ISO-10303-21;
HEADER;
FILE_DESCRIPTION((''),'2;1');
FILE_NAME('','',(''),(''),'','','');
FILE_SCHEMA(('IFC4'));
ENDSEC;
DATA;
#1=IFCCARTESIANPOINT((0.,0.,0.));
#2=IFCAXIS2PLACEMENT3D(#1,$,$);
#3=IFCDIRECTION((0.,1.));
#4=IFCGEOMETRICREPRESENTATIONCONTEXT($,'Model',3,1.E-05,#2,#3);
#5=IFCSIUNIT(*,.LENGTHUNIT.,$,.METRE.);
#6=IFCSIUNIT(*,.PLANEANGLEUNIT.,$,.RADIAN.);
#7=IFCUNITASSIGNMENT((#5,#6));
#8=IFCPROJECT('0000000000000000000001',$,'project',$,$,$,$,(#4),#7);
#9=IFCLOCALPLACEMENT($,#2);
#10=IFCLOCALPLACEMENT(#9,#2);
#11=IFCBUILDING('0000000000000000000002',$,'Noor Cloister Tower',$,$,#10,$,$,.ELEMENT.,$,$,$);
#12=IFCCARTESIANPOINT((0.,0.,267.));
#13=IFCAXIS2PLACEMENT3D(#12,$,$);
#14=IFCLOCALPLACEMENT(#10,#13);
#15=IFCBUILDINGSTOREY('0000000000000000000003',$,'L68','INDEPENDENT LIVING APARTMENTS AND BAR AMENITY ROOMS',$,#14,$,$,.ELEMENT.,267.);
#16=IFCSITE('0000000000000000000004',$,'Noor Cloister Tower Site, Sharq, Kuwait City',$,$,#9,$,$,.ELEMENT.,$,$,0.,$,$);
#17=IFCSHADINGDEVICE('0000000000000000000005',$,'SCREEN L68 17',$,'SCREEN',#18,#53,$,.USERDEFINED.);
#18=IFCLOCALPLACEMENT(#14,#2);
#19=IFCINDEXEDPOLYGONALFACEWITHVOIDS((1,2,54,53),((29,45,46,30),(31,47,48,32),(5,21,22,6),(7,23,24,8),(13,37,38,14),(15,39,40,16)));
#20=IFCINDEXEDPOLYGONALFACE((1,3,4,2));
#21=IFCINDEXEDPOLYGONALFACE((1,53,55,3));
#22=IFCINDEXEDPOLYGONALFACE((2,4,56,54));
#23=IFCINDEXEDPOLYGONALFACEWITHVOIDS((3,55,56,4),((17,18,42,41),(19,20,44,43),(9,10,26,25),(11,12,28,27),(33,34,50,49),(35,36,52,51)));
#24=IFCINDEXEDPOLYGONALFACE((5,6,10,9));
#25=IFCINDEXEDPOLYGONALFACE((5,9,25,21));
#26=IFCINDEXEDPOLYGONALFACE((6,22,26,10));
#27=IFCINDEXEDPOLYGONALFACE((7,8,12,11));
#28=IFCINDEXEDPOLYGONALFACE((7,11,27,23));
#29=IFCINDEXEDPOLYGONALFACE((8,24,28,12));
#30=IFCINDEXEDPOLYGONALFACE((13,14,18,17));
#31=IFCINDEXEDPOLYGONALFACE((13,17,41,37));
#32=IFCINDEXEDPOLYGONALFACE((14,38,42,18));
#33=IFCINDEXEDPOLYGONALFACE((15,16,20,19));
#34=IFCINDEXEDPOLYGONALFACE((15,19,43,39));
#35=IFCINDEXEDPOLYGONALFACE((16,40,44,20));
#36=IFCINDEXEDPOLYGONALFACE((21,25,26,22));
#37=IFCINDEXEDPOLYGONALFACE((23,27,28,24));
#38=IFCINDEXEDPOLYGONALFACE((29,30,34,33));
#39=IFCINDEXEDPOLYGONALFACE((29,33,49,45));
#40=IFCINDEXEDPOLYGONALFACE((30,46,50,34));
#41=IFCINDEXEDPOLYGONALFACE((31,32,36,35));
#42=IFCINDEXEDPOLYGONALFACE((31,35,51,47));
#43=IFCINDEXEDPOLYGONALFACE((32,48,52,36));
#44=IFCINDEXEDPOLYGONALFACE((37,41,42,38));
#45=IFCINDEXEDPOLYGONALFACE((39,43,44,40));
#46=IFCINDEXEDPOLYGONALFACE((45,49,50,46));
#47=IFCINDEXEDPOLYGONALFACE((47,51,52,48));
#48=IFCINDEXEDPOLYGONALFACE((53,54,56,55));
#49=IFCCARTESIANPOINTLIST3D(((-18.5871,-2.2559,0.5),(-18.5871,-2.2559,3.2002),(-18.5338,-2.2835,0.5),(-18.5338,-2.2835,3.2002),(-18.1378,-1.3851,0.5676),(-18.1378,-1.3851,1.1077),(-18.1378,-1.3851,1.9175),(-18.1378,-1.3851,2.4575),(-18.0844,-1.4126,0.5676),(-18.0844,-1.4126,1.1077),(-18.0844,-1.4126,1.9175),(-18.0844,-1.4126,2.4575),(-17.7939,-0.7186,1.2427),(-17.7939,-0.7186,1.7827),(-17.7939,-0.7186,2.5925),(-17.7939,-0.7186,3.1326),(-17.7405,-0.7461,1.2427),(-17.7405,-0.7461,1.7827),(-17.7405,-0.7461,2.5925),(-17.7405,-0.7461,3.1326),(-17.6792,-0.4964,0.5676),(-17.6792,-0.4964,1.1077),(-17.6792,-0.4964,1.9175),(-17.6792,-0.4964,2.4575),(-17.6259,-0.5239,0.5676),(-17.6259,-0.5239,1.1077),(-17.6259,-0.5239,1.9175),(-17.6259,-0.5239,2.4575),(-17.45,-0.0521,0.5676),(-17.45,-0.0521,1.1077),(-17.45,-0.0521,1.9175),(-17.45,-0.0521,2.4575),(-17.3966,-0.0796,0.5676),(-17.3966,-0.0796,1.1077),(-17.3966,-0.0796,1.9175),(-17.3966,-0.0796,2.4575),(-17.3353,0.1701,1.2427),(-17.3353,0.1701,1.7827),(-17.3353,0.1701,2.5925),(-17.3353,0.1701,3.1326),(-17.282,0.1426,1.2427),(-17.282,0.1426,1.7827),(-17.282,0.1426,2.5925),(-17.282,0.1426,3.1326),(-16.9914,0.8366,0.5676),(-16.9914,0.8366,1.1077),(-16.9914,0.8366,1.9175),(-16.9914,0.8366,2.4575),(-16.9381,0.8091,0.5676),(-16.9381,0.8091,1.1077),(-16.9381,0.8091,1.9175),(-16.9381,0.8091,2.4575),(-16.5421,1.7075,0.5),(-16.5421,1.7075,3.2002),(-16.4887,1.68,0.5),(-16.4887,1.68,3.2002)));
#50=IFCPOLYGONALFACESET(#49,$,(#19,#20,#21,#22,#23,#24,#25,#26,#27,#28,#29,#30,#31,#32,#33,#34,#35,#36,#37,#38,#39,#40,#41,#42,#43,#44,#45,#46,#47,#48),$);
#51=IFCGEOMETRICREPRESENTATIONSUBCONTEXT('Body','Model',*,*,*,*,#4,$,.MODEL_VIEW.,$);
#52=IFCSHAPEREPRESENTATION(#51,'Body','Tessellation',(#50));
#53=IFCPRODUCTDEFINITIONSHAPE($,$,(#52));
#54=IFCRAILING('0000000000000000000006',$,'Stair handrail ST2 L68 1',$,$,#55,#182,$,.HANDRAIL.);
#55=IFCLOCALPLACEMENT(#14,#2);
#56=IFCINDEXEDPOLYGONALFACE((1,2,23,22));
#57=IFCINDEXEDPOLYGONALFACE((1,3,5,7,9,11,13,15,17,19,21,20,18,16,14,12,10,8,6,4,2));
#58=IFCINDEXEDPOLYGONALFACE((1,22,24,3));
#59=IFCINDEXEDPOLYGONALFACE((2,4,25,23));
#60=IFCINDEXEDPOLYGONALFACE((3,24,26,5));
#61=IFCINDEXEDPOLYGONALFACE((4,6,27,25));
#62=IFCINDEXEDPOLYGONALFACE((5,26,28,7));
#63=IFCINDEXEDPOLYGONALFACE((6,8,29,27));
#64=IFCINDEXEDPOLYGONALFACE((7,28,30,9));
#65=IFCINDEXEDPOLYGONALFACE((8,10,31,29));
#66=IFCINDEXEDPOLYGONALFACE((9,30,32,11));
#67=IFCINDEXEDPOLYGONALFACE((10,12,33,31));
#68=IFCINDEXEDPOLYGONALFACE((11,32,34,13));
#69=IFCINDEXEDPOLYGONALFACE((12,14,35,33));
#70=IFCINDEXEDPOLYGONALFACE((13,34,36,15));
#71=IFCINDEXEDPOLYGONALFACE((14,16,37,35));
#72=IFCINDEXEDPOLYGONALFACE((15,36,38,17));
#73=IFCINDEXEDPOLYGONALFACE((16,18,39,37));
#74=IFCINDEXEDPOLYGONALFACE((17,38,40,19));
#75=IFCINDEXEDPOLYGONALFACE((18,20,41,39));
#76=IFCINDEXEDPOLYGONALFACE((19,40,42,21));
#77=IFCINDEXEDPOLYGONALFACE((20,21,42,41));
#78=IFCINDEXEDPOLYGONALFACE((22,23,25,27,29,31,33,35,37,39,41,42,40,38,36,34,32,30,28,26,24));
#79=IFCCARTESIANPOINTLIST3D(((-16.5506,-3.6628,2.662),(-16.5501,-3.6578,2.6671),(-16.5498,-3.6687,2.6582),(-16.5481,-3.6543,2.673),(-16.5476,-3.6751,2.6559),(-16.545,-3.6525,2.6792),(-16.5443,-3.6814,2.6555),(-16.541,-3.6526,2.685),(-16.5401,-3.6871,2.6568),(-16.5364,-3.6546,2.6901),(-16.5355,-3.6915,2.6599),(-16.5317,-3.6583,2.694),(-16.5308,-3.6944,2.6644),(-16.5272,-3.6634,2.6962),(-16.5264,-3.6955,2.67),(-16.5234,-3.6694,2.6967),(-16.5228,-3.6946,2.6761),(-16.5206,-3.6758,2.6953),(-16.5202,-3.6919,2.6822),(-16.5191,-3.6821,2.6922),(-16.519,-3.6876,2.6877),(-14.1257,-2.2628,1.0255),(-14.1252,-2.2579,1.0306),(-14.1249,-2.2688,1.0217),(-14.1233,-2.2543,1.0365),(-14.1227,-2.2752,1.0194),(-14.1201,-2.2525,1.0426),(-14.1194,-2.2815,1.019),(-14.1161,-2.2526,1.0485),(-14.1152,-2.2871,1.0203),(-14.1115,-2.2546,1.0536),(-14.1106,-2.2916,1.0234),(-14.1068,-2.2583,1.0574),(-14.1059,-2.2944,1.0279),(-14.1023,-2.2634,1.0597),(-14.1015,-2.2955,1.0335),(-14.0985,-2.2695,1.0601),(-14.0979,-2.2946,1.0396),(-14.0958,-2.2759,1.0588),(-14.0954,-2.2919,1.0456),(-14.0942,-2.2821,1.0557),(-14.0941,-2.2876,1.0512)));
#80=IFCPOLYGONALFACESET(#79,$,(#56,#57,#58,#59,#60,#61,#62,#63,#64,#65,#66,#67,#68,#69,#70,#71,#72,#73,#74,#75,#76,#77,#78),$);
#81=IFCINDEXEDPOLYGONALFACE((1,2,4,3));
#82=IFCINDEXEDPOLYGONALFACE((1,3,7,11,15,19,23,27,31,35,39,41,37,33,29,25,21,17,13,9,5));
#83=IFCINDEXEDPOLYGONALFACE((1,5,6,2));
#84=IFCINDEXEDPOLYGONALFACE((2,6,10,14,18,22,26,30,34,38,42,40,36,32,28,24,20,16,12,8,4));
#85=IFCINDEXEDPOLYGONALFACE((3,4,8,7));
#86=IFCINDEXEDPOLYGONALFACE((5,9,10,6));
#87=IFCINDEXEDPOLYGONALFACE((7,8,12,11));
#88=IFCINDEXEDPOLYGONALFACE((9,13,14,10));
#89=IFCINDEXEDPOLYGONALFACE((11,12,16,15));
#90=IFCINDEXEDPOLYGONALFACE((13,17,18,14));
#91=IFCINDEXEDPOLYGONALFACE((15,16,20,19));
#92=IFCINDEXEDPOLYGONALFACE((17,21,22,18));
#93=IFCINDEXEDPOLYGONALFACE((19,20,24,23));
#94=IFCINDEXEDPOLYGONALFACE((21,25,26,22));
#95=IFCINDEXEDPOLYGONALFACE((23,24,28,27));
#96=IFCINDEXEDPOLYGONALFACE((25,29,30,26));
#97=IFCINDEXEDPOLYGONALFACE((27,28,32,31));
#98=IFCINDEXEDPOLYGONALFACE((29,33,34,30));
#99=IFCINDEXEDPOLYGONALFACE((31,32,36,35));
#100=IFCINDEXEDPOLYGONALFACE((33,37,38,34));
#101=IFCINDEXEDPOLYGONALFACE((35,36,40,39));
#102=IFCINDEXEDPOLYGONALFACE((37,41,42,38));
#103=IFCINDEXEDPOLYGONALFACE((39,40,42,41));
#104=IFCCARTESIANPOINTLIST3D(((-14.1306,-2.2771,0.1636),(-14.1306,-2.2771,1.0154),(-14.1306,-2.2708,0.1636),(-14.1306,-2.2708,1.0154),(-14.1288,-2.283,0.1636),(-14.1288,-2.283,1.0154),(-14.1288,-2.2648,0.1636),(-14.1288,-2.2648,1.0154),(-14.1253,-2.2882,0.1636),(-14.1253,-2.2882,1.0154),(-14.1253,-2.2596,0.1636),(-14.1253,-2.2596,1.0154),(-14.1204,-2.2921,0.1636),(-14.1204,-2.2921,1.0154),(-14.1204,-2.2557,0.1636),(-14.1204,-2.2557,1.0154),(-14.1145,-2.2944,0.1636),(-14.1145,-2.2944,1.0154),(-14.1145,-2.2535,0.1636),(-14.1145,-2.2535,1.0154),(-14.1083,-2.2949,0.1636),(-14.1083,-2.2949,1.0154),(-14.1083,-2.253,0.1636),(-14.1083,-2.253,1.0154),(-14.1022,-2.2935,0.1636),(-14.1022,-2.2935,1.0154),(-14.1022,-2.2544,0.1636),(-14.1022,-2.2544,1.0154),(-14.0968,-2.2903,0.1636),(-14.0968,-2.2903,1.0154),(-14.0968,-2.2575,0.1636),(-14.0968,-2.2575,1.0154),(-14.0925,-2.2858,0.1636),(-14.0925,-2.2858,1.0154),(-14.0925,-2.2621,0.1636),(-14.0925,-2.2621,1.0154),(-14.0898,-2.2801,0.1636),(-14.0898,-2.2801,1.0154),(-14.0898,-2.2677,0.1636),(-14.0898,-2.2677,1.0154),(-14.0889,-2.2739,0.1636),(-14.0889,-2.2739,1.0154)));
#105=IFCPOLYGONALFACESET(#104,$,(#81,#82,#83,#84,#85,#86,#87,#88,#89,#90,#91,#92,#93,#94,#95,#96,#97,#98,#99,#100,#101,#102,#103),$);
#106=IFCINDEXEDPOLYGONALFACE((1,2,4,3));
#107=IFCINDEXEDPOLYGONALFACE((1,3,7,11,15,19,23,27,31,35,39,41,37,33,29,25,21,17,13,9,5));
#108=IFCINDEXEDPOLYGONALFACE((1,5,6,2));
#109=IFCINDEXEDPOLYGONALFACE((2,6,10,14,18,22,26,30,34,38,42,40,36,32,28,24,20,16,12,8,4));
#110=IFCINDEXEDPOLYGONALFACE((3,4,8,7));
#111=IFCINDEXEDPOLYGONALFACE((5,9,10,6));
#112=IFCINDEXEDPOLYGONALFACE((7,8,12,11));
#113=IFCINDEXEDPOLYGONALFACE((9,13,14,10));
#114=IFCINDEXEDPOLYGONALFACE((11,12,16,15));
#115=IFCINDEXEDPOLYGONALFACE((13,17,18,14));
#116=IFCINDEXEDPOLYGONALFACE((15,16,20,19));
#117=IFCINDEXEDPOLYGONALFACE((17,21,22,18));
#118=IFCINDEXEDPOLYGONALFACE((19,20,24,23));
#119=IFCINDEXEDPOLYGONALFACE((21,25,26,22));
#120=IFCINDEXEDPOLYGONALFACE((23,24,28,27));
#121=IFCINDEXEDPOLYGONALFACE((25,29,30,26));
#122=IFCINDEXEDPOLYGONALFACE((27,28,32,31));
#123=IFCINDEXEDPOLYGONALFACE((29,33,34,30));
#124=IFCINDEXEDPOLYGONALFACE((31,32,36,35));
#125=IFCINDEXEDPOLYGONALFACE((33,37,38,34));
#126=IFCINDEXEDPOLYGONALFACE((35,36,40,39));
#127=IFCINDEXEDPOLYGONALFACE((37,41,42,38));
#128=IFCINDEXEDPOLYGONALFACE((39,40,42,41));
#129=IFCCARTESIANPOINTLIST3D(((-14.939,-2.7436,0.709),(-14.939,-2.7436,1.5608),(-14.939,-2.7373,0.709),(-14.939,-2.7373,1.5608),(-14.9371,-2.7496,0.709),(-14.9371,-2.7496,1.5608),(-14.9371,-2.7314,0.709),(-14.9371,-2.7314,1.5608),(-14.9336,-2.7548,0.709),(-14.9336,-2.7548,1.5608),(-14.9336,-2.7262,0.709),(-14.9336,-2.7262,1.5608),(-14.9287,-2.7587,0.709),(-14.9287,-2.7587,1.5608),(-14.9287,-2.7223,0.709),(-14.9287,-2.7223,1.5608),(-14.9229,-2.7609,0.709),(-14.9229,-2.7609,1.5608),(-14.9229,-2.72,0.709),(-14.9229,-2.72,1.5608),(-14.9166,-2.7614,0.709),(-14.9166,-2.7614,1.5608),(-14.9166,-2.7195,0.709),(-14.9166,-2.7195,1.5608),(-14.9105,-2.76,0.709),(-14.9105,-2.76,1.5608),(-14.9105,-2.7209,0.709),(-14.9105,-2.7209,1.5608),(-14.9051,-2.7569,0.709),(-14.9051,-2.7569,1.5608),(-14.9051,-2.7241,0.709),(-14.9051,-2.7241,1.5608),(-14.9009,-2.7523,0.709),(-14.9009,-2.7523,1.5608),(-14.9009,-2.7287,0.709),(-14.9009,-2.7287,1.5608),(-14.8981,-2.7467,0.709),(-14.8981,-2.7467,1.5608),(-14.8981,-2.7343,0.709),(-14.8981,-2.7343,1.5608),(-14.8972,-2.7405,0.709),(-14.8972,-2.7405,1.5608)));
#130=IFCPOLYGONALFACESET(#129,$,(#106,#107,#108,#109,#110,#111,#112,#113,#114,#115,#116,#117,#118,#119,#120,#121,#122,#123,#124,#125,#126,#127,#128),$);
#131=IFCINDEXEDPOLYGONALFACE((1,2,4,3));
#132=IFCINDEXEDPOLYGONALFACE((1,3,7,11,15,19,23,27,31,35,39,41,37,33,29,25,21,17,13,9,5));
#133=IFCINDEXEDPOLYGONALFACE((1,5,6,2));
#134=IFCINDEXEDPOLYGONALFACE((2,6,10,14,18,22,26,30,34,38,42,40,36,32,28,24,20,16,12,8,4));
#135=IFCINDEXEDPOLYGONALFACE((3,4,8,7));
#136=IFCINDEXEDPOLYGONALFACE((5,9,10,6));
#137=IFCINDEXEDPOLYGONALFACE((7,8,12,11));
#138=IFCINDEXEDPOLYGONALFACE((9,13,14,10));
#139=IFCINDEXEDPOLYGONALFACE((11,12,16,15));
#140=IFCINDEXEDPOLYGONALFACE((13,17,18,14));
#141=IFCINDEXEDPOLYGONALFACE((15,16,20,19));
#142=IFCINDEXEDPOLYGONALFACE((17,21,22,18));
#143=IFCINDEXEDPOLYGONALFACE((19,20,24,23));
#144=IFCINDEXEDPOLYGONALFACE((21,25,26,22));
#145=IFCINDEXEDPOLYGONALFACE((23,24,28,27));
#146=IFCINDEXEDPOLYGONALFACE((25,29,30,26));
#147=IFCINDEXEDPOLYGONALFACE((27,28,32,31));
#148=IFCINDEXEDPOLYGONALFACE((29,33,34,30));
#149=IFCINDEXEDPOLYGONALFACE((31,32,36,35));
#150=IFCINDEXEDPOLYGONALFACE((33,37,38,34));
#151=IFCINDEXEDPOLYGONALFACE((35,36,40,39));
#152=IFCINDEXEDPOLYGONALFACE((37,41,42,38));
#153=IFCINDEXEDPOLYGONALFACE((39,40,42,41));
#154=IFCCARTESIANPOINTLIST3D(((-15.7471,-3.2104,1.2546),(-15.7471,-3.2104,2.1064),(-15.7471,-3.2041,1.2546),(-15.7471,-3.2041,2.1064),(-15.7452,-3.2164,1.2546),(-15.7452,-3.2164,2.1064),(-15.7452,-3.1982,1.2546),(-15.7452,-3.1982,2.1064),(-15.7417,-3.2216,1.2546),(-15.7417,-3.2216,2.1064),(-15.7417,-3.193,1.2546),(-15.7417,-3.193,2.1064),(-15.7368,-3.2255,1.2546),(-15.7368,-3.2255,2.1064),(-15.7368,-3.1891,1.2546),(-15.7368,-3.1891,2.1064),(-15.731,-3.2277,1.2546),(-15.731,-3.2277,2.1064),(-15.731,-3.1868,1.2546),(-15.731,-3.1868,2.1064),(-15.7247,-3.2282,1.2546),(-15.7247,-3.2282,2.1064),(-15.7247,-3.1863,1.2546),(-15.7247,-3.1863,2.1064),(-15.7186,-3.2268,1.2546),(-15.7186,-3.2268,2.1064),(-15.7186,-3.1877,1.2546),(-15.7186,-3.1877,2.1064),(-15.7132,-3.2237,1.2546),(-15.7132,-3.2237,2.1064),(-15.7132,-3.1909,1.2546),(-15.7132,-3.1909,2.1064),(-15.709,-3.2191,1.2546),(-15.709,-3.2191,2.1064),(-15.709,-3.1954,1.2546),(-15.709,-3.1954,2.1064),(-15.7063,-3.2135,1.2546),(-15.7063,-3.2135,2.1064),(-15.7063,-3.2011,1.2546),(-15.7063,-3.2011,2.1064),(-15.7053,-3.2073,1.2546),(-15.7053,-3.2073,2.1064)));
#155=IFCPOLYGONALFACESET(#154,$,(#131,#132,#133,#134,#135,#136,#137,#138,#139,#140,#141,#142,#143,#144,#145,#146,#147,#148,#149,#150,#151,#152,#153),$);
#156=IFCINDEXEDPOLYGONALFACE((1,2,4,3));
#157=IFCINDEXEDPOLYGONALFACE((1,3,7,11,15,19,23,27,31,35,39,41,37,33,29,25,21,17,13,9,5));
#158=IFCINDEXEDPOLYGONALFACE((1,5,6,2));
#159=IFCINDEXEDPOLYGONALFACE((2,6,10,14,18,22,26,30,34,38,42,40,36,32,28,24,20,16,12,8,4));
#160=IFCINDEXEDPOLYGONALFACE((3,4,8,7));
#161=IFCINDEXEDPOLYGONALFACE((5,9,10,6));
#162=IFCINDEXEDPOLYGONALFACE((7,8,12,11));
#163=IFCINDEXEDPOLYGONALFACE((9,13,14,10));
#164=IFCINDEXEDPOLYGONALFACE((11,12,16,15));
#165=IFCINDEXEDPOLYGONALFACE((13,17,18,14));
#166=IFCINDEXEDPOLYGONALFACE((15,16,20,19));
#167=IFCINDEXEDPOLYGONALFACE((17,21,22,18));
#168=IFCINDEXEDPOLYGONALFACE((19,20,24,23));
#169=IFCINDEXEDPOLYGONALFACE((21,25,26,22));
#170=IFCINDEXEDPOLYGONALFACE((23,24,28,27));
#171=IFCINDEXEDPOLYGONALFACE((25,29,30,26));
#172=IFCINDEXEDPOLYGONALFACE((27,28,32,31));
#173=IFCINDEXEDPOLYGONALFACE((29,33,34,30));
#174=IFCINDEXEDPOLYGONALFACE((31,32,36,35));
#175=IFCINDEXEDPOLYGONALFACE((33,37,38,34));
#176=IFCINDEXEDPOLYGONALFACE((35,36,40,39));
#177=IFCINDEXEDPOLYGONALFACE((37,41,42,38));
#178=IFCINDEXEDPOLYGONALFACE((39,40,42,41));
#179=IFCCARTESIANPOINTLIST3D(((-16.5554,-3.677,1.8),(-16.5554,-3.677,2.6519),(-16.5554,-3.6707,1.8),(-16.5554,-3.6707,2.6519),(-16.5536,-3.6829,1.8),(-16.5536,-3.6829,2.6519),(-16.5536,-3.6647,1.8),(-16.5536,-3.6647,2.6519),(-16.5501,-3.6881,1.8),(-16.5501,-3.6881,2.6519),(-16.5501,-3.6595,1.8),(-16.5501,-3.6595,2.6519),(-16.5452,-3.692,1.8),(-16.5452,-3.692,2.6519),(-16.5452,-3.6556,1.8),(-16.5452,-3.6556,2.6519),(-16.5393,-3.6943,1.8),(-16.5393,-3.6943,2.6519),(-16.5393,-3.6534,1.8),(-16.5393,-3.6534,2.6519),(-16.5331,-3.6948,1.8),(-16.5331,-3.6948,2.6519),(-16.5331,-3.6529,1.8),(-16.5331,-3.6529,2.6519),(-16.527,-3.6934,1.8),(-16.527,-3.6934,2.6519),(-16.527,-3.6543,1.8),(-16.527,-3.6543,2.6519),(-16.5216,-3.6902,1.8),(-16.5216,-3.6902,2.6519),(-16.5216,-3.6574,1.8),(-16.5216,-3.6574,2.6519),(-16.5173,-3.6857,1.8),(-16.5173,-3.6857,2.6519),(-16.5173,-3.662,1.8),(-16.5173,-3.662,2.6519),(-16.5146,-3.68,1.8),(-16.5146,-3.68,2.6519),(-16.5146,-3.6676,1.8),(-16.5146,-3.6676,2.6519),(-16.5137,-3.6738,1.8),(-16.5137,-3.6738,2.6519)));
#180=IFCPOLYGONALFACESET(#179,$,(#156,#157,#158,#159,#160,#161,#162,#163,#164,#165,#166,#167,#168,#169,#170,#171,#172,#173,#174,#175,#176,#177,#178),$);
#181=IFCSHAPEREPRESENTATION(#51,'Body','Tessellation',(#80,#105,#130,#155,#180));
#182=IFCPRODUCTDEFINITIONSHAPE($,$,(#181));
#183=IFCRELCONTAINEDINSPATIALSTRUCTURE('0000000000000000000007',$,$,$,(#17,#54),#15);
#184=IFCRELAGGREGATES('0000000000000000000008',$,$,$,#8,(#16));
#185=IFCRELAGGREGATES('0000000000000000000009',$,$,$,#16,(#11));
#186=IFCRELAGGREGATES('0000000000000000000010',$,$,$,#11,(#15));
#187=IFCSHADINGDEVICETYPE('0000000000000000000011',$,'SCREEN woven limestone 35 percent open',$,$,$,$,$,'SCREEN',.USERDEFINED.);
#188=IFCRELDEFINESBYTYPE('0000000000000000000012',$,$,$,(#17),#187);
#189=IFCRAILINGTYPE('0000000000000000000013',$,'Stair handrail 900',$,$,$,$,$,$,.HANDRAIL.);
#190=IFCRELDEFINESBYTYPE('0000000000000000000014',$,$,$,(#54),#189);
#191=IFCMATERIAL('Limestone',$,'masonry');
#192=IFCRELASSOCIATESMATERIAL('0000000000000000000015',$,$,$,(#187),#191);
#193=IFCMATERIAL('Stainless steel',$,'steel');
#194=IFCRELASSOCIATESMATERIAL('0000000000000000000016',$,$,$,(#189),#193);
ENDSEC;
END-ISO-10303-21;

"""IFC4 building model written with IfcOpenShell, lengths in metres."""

from ifc_helpers import new_model, si_unit, direction, frame, origin, origin_2d, place, context, subcontext, project, spatial, polyline, circle, outline, extrude, material, material_profile, profile_set, type_object, element, save


model = new_model("IFC4")

# Units and contexts
model_context = context("Model", 3, precision=1e-05, world=origin(), true_north=direction((0.0, 1.0)))
body_context = subcontext(model_context, "Body", "Model", "MODEL_VIEW")
ifc_project = project(units=[si_unit("LENGTHUNIT", "METRE"), si_unit("PLANEANGLEUNIT", "RADIAN")], contexts=[model_context])

# Site, building, storey
site_placement = place(None, origin())
site = spatial("IfcSite", under=ifc_project, at=site_placement, Name="Noor Cloister Tower Site, Sharq, Kuwait City", CompositionType="ELEMENT", RefElevation=0.0)
building_placement = place(site_placement, origin())
building = spatial("IfcBuilding", under=site, at=building_placement, Name="Noor Cloister Tower", CompositionType="ELEMENT")
storey_placement = place(building_placement, frame((0.0, 0.0, 267.0)))
storey = spatial("IfcBuildingStorey", under=building, at=storey_placement, Name="L68", Description="INDEPENDENT LIVING APARTMENTS AND BAR AMENITY ROOMS", CompositionType="ELEMENT", Elevation=267.0)

# Shading device
ifc_material_1 = material(Name="Limestone", Category="masonry")
ifc_material_profile_1 = material_profile(ifc_material_1, outline(polyline([(-2.23, -1.3501), (2.23, -1.3501), (2.23, 1.3501), (-2.23, 1.3501), (-2.23, -1.3501)]), holes=[polyline([(-1.25, -1.2825), (-0.25, -1.2825), (-0.25, -0.7424), (-1.25, -0.7424), (-1.25, -1.2825)]), polyline([(0.25, -1.2825), (1.25, -1.2825), (1.25, -0.7424), (0.25, -0.7424), (0.25, -1.2825)]), polyline([(-0.5, -0.6074), (0.5, -0.6074), (0.5, -0.0674), (-0.5, -0.0674), (-0.5, -0.6074)]), polyline([(-1.25, 0.0674), (-0.25, 0.0674), (-0.25, 0.6074), (-1.25, 0.6074), (-1.25, 0.0674)]), polyline([(0.25, 0.0674), (1.25, 0.0674), (1.25, 0.6074), (0.25, 0.6074), (0.25, 0.0674)]), polyline([(-0.5, 0.7424), (0.5, 0.7424), (0.5, 1.2825), (-0.5, 1.2825), (-0.5, 0.7424)])]), Name="Woven screen 35 percent open")
ifc_profile_set_1 = profile_set([ifc_material_profile_1], Name="Limestone")
shading_device_type = type_object("IfcShadingDeviceType", Name="SCREEN woven limestone 35 percent open", ElementType="SCREEN", PredefinedType="USERDEFINED", material=ifc_profile_set_1)
shading_device_placement = place(storey_placement, frame((-17.5112, -0.3018, 1.8501), z_axis=(-0.888674, 0.45854, 0.0), x_axis=(-0.45854, -0.888674, 0.0)))
element("IfcShadingDevice", 1, at=shading_device_placement, inside=storey, type_object=shading_device_type, Name="SCREEN L68 17", ObjectType="SCREEN", PredefinedType="USERDEFINED", context=body_context, shape_type="SweptSolid", body=[
    extrude(outline(polyline([(-2.23, -1.3501), (2.23, -1.3501), (2.23, 1.3501), (-2.23, 1.3501), (-2.23, -1.3501)]), holes=[polyline([(-1.25, -1.2825), (-0.25, -1.2825), (-0.25, -0.7424), (-1.25, -0.7424), (-1.25, -1.2825)]), polyline([(0.25, -1.2825), (1.25, -1.2825), (1.25, -0.7424), (0.25, -0.7424), (0.25, -1.2825)]), polyline([(-0.5, -0.6074), (0.5, -0.6074), (0.5, -0.0674), (-0.5, -0.0674), (-0.5, -0.6074)]), polyline([(-1.25, 0.0674), (-0.25, 0.0674), (-0.25, 0.6074), (-1.25, 0.6074), (-1.25, 0.0674)]), polyline([(0.25, 0.0674), (1.25, 0.0674), (1.25, 0.6074), (0.25, 0.6074), (0.25, 0.0674)]), polyline([(-0.5, 0.7424), (0.5, 0.7424), (0.5, 1.2825), (-0.5, 1.2825), (-0.5, 0.7424)])]), origin(), (0.0, 0.0, 1.0), 0.0601),
])

# Railing
ifc_material_2 = material(Name="Stainless steel", Category="steel")
railing_type_1 = type_object("IfcRailingType", Name="Stair handrail 900", PredefinedType="HANDRAIL", material=ifc_material_2)
railing_1_placement = place(storey_placement, frame((-14.1099, -2.2739, 0.1636)))
element("IfcRailing", 2, at=railing_1_placement, inside=storey, type_object=railing_type_1, Name="Stair handrail ST2 L68 1", PredefinedType="HANDRAIL", context=body_context, shape_type="SweptSolid", body=[
    extrude(circle(Radius=0.0239, at=origin_2d()), frame((0.0, 0.0, 0.876), z_axis=(-0.74769, -0.431661, 0.504608), x_axis=(0.499984, -0.866035, 0.0)), (0.0, 0.0, 1.0), 3.2432),
    extrude(circle(Radius=0.021, at=origin_2d()), origin(), (0.0, 0.0, 1.0), 0.8518),
    extrude(circle(Radius=0.021, at=origin_2d()), frame((-0.8083, -0.4666, 0.5454)), (0.0, 0.0, 1.0), 0.8518),
    extrude(circle(Radius=0.021, at=origin_2d()), frame((-1.6165, -0.9333, 1.0911)), (0.0, 0.0, 1.0), 0.8518),
    extrude(circle(Radius=0.021, at=origin_2d()), frame((-2.4248, -1.3999, 1.6365)), (0.0, 0.0, 1.0), 0.8518),
])

save(model, "model.ifc")
